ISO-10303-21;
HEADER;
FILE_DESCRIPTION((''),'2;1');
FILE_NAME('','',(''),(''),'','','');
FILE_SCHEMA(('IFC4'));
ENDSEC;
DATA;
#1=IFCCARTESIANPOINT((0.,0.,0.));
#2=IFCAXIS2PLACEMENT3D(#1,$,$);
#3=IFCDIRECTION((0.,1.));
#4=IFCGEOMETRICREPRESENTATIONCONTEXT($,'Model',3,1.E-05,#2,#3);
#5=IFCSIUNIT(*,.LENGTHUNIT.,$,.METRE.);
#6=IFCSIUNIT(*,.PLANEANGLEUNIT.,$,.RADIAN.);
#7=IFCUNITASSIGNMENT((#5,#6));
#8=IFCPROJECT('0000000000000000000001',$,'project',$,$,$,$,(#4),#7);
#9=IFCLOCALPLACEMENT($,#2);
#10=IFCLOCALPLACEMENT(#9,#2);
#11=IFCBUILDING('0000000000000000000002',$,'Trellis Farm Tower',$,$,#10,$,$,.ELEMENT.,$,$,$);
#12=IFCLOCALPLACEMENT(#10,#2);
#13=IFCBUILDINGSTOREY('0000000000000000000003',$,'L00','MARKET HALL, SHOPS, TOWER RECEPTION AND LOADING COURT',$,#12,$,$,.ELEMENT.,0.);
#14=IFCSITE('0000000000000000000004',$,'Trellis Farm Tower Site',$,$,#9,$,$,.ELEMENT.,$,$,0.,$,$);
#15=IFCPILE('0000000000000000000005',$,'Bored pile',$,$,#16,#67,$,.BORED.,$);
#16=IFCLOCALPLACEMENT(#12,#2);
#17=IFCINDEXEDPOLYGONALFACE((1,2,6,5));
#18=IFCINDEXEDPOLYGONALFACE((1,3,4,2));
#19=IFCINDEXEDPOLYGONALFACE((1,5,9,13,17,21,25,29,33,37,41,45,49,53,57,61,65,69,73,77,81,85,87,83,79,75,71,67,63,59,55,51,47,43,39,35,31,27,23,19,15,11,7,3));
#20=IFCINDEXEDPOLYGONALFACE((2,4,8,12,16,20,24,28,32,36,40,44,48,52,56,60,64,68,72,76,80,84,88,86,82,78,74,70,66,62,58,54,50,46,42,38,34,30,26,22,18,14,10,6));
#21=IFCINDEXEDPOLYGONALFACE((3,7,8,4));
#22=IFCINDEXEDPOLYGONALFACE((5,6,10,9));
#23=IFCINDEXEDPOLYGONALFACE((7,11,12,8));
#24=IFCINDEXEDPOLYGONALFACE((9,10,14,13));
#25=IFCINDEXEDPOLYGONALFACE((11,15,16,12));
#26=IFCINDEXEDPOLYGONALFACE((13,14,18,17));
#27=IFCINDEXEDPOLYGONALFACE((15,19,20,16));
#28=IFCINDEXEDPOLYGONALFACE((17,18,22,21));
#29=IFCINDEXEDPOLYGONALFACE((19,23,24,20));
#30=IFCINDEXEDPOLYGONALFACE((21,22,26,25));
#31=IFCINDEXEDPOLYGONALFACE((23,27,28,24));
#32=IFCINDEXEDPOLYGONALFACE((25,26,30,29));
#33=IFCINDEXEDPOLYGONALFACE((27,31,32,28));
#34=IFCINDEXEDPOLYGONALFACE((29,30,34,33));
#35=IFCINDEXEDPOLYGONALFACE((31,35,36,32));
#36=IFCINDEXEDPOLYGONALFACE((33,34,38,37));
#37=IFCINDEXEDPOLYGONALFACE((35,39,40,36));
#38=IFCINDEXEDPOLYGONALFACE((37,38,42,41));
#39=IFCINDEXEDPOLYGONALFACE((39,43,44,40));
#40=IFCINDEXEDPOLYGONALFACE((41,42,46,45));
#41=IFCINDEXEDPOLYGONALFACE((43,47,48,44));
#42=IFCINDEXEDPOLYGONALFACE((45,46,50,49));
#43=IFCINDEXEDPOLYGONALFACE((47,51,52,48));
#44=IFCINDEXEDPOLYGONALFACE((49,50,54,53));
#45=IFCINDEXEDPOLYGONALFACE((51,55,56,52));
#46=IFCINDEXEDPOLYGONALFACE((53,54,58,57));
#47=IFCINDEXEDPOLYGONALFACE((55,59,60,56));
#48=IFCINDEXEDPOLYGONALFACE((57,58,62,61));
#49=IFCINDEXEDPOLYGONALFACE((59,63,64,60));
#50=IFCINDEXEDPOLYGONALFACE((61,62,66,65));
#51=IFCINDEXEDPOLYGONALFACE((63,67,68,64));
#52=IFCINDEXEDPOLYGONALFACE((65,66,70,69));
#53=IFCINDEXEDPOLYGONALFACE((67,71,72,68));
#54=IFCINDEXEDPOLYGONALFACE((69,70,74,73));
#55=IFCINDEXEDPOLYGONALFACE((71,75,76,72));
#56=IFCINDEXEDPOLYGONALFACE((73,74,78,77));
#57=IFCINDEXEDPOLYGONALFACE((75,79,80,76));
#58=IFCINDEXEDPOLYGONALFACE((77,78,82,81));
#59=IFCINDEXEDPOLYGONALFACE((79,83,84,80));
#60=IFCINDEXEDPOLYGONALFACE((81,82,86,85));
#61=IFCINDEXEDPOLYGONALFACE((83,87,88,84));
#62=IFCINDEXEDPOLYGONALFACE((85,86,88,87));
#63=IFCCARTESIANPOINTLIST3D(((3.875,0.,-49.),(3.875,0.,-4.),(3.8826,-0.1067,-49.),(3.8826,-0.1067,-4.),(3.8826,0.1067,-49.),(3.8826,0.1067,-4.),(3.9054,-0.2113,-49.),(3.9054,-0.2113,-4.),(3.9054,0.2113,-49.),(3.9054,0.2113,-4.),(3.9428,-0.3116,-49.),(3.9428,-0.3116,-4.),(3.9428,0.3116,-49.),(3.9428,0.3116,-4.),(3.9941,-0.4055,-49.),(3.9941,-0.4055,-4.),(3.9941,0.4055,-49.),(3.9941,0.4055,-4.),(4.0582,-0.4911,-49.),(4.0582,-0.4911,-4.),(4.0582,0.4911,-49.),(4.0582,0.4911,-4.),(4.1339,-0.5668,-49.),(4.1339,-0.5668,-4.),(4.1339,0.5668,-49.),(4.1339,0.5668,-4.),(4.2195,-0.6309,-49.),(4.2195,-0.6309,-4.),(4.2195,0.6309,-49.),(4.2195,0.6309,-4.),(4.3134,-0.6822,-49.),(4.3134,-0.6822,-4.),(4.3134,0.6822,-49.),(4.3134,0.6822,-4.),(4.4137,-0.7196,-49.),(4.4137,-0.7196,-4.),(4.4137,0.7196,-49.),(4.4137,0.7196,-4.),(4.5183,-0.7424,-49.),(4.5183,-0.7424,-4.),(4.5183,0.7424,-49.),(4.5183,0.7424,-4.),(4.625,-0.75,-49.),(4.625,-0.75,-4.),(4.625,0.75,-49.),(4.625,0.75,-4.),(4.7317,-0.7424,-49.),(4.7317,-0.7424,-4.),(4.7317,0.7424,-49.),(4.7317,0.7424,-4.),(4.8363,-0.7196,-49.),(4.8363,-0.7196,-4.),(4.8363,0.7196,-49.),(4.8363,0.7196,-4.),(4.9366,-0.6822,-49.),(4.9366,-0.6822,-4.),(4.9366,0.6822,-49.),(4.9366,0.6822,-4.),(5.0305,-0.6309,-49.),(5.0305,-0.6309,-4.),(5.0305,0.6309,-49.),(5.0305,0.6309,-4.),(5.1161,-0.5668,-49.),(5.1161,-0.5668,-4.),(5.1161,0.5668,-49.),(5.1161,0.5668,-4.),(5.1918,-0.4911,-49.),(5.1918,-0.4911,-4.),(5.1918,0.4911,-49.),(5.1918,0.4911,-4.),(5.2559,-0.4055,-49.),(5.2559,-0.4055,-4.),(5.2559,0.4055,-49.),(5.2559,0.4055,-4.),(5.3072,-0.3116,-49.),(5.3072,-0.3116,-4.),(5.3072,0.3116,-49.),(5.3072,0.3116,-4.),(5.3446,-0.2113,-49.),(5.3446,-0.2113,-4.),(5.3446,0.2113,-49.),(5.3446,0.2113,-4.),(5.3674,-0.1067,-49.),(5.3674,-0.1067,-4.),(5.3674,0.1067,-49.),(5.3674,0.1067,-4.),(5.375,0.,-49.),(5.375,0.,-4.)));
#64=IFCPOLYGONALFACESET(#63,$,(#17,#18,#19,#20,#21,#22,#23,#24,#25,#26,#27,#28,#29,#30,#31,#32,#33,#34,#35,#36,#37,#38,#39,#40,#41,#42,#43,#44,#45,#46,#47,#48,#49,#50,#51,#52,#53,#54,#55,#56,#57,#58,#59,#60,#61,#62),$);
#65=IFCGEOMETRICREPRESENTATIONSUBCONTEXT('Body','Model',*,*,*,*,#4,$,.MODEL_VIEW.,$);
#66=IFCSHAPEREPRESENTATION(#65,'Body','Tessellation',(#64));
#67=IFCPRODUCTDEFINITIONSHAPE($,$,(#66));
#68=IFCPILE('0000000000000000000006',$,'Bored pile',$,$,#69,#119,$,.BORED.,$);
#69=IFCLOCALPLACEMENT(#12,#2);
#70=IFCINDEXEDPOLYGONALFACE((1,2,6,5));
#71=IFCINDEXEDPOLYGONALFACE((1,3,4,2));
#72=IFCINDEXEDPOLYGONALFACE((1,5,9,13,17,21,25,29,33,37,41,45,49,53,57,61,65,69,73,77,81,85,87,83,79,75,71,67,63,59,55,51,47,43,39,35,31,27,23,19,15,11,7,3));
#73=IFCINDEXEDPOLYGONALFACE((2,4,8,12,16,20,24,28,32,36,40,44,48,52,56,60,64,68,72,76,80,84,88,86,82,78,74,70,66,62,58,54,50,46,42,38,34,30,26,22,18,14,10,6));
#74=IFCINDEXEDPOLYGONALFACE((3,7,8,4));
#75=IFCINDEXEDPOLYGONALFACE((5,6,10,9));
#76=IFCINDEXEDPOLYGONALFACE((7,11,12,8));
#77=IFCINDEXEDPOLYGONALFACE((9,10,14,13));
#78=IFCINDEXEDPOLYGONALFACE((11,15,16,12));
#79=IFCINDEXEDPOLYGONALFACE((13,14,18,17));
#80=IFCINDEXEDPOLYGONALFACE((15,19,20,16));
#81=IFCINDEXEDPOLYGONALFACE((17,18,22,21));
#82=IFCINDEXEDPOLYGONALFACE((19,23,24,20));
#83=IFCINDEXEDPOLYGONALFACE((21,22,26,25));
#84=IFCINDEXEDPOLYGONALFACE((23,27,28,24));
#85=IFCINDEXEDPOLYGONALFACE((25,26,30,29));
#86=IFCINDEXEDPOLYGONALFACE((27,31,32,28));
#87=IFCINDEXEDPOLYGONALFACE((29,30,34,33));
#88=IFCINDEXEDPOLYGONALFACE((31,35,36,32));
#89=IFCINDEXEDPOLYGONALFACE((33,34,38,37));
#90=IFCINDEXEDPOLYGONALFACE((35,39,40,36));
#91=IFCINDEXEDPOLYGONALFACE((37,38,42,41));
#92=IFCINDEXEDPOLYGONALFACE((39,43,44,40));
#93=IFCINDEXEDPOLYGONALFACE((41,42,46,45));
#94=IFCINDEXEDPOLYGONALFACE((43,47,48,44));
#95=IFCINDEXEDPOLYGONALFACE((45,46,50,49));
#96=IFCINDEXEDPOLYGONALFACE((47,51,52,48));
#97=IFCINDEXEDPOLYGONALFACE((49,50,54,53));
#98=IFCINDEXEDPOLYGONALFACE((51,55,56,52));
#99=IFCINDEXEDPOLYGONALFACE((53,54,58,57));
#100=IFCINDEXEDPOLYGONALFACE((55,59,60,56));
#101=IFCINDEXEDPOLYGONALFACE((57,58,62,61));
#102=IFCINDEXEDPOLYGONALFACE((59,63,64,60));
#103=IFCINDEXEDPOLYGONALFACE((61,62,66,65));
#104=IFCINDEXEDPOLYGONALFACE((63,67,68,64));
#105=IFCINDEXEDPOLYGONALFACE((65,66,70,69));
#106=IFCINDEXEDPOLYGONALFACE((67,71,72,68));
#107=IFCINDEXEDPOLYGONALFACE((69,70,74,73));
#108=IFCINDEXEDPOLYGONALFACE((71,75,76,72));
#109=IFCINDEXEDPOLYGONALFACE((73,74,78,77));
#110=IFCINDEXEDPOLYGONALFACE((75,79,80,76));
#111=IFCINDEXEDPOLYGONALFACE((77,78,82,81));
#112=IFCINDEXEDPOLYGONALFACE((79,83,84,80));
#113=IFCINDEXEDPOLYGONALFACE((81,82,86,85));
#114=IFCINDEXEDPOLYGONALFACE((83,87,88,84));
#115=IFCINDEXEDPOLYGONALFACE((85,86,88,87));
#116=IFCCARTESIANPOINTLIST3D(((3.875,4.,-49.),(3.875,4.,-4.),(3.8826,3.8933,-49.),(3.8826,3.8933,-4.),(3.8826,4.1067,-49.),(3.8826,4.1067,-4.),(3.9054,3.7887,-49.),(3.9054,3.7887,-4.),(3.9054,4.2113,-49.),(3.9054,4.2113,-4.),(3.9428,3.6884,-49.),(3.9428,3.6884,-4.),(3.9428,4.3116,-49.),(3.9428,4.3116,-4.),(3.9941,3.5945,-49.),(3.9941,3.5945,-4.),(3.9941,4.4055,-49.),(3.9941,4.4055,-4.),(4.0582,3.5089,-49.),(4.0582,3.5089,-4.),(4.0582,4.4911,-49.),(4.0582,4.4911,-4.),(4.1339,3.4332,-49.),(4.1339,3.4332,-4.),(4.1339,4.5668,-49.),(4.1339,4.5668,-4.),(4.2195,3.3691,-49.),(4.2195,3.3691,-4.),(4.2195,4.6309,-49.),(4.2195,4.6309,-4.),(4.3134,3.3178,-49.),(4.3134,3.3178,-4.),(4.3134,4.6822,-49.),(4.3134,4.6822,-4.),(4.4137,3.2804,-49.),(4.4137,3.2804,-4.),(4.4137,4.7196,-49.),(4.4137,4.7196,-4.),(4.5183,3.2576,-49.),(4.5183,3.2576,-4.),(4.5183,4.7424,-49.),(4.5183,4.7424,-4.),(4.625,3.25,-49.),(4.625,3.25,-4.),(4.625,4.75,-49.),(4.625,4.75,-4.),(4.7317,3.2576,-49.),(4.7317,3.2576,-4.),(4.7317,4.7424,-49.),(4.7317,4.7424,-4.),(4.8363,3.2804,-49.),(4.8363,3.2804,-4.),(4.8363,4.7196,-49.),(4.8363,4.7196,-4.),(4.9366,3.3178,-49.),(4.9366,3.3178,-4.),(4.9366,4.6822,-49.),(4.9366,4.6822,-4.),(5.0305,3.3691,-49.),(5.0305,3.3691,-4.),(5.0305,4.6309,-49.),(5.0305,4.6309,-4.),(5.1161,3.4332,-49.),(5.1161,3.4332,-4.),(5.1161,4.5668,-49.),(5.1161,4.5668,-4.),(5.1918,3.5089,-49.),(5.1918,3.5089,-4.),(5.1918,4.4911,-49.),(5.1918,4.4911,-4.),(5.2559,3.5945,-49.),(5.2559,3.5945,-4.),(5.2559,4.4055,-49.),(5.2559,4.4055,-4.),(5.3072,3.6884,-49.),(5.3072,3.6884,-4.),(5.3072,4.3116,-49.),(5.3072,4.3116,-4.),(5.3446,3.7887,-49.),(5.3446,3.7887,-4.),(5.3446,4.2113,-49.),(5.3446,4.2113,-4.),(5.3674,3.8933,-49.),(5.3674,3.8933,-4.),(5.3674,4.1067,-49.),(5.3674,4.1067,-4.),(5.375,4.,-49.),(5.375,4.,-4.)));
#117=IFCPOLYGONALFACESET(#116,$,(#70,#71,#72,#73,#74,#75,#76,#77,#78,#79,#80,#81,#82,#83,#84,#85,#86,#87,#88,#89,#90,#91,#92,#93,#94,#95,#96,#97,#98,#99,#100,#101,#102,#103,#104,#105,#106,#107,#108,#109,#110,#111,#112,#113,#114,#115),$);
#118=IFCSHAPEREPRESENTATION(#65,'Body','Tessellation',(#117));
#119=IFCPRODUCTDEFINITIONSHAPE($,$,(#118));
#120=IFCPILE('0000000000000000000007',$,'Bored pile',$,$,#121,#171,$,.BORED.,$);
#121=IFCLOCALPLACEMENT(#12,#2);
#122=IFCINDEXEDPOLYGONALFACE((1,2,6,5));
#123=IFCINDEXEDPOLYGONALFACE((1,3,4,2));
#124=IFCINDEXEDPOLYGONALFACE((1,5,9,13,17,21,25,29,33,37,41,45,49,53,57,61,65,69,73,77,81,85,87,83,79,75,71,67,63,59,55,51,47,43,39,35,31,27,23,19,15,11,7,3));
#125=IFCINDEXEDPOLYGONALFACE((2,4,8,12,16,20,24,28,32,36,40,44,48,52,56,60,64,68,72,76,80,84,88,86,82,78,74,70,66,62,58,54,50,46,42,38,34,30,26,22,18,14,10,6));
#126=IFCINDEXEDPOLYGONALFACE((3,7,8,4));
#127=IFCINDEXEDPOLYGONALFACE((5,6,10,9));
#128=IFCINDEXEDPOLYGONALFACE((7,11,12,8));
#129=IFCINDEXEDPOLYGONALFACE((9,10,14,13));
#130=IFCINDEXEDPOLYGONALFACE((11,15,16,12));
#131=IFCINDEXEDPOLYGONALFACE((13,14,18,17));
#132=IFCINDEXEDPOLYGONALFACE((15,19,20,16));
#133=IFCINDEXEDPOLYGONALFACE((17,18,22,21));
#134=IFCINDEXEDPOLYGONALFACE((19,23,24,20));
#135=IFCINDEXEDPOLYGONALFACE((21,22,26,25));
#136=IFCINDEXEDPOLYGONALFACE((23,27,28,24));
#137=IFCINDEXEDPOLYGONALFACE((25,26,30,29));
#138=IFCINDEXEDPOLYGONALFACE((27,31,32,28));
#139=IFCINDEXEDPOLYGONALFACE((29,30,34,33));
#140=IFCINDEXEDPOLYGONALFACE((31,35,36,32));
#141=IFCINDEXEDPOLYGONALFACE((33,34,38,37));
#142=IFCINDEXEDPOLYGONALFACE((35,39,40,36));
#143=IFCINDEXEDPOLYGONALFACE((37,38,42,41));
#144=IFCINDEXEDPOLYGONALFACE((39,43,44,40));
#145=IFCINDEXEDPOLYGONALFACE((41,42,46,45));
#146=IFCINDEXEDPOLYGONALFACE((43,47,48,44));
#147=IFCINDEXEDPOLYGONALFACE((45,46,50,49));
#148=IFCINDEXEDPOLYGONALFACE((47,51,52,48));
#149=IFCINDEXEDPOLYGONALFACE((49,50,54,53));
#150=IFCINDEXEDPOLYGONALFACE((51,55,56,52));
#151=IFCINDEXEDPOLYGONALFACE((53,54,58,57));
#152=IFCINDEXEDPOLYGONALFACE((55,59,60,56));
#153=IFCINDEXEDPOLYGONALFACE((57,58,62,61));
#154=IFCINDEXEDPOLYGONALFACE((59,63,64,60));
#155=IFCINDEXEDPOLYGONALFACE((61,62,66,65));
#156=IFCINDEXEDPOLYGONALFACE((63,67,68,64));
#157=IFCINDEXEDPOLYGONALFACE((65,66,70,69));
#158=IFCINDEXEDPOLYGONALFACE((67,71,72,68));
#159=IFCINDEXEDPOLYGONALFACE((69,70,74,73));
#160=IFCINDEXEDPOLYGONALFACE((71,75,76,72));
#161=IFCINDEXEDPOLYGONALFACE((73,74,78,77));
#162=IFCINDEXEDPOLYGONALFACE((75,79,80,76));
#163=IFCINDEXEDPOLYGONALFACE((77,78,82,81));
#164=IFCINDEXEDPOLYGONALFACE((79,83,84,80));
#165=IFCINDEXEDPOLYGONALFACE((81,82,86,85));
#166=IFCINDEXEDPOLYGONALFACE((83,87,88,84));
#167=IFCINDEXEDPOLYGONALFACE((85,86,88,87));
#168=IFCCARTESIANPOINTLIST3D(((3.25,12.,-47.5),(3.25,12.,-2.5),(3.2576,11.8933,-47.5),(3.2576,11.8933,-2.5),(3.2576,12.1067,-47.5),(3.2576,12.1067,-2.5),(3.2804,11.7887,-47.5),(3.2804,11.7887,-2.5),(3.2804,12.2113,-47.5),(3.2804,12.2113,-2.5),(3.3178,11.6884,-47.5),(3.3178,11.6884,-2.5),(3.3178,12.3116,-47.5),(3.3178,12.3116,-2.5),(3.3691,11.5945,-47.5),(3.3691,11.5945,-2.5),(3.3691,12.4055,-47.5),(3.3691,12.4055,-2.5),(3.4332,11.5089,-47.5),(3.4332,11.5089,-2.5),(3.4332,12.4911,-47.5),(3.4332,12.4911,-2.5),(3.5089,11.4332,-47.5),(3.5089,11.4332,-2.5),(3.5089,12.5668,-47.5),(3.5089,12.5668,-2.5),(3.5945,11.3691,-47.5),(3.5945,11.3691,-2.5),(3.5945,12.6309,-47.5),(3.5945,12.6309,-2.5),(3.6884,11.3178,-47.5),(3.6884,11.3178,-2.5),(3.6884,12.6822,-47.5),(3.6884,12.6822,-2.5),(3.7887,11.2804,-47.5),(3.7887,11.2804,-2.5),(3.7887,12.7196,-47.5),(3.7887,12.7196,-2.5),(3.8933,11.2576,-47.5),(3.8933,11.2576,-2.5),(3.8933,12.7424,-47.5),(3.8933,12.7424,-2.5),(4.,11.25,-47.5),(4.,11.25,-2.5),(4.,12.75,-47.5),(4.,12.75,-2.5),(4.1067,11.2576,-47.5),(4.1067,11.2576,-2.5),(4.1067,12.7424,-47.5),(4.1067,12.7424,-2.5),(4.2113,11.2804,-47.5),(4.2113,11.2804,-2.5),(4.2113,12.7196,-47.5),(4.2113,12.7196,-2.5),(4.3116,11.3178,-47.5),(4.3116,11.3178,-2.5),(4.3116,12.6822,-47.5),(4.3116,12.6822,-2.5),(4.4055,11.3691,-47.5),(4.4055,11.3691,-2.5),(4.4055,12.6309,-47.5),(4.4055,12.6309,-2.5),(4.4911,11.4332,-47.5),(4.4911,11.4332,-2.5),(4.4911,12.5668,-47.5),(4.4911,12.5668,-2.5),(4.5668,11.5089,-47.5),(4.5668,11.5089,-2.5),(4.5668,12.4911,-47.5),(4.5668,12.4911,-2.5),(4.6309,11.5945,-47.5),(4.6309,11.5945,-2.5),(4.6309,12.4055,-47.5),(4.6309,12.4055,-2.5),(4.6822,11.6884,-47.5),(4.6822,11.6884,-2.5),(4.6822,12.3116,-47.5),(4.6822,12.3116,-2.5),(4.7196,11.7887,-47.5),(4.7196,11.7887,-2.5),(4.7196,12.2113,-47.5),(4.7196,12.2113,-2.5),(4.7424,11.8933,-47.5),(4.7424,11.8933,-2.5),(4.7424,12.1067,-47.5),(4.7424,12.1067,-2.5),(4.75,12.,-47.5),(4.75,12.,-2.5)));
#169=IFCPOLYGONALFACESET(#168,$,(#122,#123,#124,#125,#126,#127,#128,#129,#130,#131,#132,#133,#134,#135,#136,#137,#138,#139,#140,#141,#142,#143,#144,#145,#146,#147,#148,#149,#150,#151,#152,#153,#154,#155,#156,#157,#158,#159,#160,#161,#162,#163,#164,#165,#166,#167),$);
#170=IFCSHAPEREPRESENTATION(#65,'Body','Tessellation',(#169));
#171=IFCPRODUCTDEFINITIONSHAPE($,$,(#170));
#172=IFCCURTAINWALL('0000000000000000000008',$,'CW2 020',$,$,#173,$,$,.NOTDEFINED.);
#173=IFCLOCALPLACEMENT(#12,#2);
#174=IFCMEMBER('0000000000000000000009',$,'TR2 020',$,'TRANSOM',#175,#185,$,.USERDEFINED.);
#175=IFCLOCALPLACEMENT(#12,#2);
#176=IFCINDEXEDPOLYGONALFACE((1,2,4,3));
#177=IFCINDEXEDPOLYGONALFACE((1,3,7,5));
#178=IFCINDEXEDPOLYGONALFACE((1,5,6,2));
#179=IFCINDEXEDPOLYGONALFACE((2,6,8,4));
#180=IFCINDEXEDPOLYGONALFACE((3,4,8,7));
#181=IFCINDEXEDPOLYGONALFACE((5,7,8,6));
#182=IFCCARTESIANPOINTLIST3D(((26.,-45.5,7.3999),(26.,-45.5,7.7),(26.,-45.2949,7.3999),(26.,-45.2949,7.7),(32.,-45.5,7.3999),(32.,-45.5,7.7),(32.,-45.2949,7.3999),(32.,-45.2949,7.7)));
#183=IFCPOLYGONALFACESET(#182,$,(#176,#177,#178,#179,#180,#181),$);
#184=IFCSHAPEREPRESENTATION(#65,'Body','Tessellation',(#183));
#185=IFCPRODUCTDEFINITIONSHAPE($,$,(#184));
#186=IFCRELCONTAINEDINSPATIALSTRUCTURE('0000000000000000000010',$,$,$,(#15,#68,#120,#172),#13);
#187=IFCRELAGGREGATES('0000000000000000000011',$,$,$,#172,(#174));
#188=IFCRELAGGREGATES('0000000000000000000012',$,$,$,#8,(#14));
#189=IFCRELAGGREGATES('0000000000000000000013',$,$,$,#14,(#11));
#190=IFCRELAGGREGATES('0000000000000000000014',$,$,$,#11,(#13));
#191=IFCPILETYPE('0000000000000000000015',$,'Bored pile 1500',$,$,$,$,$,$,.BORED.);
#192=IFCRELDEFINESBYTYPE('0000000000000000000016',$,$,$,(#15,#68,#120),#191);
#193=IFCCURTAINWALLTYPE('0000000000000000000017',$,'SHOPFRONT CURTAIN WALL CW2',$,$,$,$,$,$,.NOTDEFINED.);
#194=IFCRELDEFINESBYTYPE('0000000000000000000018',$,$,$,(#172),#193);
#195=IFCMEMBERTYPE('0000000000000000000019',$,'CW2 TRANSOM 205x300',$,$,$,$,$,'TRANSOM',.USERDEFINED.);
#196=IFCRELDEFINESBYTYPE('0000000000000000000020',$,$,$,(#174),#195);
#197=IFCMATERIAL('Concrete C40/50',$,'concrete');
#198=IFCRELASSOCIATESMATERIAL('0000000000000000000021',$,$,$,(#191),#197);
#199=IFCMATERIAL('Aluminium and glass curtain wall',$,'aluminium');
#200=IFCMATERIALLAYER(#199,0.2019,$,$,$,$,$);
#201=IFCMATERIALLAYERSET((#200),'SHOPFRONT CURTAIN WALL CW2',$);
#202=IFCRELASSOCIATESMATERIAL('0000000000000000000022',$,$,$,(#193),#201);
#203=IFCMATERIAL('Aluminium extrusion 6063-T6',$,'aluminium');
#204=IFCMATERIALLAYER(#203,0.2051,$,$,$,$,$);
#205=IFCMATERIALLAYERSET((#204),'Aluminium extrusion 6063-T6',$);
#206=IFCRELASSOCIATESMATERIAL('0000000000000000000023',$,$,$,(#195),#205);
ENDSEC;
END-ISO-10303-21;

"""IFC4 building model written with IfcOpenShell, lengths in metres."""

from ifc_helpers import new_model, si_unit, direction, frame, origin, origin_2d, place, context, subcontext, project, spatial, polyline, circle, outline, extrude, source, transform, mapped, material, layer, layer_set, material_profile, profile_set, type_object, element, aggregate, save


model = new_model("IFC4")

# Units and contexts
model_context = context("Model", 3, precision=1e-05, world=origin(), true_north=direction((0.0, 1.0)))
body_context = subcontext(model_context, "Body", "Model", "MODEL_VIEW")
ifc_project = project(units=[si_unit("LENGTHUNIT", "METRE"), si_unit("PLANEANGLEUNIT", "RADIAN")], contexts=[model_context])

# Site, building, storey
site_placement = place(None, origin())
site = spatial("IfcSite", under=ifc_project, at=site_placement, Name="Trellis Farm Tower Site", CompositionType="ELEMENT", RefElevation=0.0)
building_placement = place(site_placement, origin())
building = spatial("IfcBuilding", under=site, at=building_placement, Name="Trellis Farm Tower", CompositionType="ELEMENT")
storey_placement = place(building_placement, origin())
storey = spatial("IfcBuildingStorey", under=building, at=storey_placement, Name="L00", Description="MARKET HALL, SHOPS, TOWER RECEPTION AND LOADING COURT", CompositionType="ELEMENT", Elevation=0.0)

# Piles
ifc_material_1 = material(Name="Concrete C40/50", Category="concrete")
ifc_material_profile = material_profile(ifc_material_1, circle(Radius=0.75, at=origin_2d()), Name="Bored pile 1500")
ifc_profile_set = profile_set([ifc_material_profile], Name="Concrete C40/50")
pile_type = type_object("IfcPileType", Name="Bored pile 1500", PredefinedType="BORED", material=ifc_profile_set)
shared_shape_1 = source(origin(), body_context, "Body", "SweptSolid", [
    extrude(circle(Radius=0.75, at=origin_2d()), origin(), (0.0, 0.0, 1.0), 45.0),
])
for number, where, z_axis, x_axis, name in (
    (1, (4.625, 0.0, -4.0), (0.0, 0.0, -1.0), (1.0, 0.0, 0.0), "Bored pile"),
    (2, (4.625, 4.0, -4.0), (0.0, 0.0, -1.0), (1.0, 0.0, 0.0), "Bored pile"),
    (3, (4.0, 12.0, -2.5), (0.0, 0.0, -1.0), (1.0, 0.0, 0.0), "Bored pile"),
):
    element("IfcPile", number, at=place(storey_placement, frame(where, z_axis=z_axis, x_axis=x_axis)), inside=storey, type_object=pile_type, Name=name, PredefinedType="BORED", context=body_context, shape_type="MappedRepresentation", body=[
        mapped(shared_shape_1, transform((0.0, 0.0, 0.0))),
    ])

# Curtain wall, member
ifc_material_2 = material(Name="Aluminium and glass curtain wall", Category="aluminium")
ifc_layer_1 = layer(ifc_material_2, 0.2019)
ifc_layer_set_1 = layer_set([ifc_layer_1], Name="SHOPFRONT CURTAIN WALL CW2")
curtain_wall_type = type_object("IfcCurtainWallType", Name="SHOPFRONT CURTAIN WALL CW2", PredefinedType="NOTDEFINED", material=ifc_layer_set_1)
placement_1 = place(storey_placement, origin())
curtain_wall_1 = element("IfcCurtainWall", 4, at=placement_1, inside=storey, type_object=curtain_wall_type, Name="CW2 020", PredefinedType="NOTDEFINED")
ifc_material_3 = material(Name="Aluminium extrusion 6063-T6", Category="aluminium")
ifc_layer_2 = layer(ifc_material_3, 0.2051)
ifc_layer_set_2 = layer_set([ifc_layer_2], Name="Aluminium extrusion 6063-T6")
member_type = type_object("IfcMemberType", Name="CW2 TRANSOM 205x300", ElementType="TRANSOM", PredefinedType="USERDEFINED", material=ifc_layer_set_2)
placement_2 = place(storey_placement, frame((0.0, 0.0, 7.3999)))
member_1 = element("IfcMember", 5, at=placement_2, type_object=member_type, Name="TR2 020", ObjectType="TRANSOM", PredefinedType="USERDEFINED", context=body_context, shape_type="SweptSolid", body=[
    extrude(outline(polyline([(26.0, -45.5), (32.0, -45.5), (32.0, -45.2949), (26.0, -45.2949), (26.0, -45.5)])), origin(), (0.0, 0.0, 1.0), 0.3),
])

aggregate(curtain_wall_1, [member_1])

save(model, "model.ifc")
